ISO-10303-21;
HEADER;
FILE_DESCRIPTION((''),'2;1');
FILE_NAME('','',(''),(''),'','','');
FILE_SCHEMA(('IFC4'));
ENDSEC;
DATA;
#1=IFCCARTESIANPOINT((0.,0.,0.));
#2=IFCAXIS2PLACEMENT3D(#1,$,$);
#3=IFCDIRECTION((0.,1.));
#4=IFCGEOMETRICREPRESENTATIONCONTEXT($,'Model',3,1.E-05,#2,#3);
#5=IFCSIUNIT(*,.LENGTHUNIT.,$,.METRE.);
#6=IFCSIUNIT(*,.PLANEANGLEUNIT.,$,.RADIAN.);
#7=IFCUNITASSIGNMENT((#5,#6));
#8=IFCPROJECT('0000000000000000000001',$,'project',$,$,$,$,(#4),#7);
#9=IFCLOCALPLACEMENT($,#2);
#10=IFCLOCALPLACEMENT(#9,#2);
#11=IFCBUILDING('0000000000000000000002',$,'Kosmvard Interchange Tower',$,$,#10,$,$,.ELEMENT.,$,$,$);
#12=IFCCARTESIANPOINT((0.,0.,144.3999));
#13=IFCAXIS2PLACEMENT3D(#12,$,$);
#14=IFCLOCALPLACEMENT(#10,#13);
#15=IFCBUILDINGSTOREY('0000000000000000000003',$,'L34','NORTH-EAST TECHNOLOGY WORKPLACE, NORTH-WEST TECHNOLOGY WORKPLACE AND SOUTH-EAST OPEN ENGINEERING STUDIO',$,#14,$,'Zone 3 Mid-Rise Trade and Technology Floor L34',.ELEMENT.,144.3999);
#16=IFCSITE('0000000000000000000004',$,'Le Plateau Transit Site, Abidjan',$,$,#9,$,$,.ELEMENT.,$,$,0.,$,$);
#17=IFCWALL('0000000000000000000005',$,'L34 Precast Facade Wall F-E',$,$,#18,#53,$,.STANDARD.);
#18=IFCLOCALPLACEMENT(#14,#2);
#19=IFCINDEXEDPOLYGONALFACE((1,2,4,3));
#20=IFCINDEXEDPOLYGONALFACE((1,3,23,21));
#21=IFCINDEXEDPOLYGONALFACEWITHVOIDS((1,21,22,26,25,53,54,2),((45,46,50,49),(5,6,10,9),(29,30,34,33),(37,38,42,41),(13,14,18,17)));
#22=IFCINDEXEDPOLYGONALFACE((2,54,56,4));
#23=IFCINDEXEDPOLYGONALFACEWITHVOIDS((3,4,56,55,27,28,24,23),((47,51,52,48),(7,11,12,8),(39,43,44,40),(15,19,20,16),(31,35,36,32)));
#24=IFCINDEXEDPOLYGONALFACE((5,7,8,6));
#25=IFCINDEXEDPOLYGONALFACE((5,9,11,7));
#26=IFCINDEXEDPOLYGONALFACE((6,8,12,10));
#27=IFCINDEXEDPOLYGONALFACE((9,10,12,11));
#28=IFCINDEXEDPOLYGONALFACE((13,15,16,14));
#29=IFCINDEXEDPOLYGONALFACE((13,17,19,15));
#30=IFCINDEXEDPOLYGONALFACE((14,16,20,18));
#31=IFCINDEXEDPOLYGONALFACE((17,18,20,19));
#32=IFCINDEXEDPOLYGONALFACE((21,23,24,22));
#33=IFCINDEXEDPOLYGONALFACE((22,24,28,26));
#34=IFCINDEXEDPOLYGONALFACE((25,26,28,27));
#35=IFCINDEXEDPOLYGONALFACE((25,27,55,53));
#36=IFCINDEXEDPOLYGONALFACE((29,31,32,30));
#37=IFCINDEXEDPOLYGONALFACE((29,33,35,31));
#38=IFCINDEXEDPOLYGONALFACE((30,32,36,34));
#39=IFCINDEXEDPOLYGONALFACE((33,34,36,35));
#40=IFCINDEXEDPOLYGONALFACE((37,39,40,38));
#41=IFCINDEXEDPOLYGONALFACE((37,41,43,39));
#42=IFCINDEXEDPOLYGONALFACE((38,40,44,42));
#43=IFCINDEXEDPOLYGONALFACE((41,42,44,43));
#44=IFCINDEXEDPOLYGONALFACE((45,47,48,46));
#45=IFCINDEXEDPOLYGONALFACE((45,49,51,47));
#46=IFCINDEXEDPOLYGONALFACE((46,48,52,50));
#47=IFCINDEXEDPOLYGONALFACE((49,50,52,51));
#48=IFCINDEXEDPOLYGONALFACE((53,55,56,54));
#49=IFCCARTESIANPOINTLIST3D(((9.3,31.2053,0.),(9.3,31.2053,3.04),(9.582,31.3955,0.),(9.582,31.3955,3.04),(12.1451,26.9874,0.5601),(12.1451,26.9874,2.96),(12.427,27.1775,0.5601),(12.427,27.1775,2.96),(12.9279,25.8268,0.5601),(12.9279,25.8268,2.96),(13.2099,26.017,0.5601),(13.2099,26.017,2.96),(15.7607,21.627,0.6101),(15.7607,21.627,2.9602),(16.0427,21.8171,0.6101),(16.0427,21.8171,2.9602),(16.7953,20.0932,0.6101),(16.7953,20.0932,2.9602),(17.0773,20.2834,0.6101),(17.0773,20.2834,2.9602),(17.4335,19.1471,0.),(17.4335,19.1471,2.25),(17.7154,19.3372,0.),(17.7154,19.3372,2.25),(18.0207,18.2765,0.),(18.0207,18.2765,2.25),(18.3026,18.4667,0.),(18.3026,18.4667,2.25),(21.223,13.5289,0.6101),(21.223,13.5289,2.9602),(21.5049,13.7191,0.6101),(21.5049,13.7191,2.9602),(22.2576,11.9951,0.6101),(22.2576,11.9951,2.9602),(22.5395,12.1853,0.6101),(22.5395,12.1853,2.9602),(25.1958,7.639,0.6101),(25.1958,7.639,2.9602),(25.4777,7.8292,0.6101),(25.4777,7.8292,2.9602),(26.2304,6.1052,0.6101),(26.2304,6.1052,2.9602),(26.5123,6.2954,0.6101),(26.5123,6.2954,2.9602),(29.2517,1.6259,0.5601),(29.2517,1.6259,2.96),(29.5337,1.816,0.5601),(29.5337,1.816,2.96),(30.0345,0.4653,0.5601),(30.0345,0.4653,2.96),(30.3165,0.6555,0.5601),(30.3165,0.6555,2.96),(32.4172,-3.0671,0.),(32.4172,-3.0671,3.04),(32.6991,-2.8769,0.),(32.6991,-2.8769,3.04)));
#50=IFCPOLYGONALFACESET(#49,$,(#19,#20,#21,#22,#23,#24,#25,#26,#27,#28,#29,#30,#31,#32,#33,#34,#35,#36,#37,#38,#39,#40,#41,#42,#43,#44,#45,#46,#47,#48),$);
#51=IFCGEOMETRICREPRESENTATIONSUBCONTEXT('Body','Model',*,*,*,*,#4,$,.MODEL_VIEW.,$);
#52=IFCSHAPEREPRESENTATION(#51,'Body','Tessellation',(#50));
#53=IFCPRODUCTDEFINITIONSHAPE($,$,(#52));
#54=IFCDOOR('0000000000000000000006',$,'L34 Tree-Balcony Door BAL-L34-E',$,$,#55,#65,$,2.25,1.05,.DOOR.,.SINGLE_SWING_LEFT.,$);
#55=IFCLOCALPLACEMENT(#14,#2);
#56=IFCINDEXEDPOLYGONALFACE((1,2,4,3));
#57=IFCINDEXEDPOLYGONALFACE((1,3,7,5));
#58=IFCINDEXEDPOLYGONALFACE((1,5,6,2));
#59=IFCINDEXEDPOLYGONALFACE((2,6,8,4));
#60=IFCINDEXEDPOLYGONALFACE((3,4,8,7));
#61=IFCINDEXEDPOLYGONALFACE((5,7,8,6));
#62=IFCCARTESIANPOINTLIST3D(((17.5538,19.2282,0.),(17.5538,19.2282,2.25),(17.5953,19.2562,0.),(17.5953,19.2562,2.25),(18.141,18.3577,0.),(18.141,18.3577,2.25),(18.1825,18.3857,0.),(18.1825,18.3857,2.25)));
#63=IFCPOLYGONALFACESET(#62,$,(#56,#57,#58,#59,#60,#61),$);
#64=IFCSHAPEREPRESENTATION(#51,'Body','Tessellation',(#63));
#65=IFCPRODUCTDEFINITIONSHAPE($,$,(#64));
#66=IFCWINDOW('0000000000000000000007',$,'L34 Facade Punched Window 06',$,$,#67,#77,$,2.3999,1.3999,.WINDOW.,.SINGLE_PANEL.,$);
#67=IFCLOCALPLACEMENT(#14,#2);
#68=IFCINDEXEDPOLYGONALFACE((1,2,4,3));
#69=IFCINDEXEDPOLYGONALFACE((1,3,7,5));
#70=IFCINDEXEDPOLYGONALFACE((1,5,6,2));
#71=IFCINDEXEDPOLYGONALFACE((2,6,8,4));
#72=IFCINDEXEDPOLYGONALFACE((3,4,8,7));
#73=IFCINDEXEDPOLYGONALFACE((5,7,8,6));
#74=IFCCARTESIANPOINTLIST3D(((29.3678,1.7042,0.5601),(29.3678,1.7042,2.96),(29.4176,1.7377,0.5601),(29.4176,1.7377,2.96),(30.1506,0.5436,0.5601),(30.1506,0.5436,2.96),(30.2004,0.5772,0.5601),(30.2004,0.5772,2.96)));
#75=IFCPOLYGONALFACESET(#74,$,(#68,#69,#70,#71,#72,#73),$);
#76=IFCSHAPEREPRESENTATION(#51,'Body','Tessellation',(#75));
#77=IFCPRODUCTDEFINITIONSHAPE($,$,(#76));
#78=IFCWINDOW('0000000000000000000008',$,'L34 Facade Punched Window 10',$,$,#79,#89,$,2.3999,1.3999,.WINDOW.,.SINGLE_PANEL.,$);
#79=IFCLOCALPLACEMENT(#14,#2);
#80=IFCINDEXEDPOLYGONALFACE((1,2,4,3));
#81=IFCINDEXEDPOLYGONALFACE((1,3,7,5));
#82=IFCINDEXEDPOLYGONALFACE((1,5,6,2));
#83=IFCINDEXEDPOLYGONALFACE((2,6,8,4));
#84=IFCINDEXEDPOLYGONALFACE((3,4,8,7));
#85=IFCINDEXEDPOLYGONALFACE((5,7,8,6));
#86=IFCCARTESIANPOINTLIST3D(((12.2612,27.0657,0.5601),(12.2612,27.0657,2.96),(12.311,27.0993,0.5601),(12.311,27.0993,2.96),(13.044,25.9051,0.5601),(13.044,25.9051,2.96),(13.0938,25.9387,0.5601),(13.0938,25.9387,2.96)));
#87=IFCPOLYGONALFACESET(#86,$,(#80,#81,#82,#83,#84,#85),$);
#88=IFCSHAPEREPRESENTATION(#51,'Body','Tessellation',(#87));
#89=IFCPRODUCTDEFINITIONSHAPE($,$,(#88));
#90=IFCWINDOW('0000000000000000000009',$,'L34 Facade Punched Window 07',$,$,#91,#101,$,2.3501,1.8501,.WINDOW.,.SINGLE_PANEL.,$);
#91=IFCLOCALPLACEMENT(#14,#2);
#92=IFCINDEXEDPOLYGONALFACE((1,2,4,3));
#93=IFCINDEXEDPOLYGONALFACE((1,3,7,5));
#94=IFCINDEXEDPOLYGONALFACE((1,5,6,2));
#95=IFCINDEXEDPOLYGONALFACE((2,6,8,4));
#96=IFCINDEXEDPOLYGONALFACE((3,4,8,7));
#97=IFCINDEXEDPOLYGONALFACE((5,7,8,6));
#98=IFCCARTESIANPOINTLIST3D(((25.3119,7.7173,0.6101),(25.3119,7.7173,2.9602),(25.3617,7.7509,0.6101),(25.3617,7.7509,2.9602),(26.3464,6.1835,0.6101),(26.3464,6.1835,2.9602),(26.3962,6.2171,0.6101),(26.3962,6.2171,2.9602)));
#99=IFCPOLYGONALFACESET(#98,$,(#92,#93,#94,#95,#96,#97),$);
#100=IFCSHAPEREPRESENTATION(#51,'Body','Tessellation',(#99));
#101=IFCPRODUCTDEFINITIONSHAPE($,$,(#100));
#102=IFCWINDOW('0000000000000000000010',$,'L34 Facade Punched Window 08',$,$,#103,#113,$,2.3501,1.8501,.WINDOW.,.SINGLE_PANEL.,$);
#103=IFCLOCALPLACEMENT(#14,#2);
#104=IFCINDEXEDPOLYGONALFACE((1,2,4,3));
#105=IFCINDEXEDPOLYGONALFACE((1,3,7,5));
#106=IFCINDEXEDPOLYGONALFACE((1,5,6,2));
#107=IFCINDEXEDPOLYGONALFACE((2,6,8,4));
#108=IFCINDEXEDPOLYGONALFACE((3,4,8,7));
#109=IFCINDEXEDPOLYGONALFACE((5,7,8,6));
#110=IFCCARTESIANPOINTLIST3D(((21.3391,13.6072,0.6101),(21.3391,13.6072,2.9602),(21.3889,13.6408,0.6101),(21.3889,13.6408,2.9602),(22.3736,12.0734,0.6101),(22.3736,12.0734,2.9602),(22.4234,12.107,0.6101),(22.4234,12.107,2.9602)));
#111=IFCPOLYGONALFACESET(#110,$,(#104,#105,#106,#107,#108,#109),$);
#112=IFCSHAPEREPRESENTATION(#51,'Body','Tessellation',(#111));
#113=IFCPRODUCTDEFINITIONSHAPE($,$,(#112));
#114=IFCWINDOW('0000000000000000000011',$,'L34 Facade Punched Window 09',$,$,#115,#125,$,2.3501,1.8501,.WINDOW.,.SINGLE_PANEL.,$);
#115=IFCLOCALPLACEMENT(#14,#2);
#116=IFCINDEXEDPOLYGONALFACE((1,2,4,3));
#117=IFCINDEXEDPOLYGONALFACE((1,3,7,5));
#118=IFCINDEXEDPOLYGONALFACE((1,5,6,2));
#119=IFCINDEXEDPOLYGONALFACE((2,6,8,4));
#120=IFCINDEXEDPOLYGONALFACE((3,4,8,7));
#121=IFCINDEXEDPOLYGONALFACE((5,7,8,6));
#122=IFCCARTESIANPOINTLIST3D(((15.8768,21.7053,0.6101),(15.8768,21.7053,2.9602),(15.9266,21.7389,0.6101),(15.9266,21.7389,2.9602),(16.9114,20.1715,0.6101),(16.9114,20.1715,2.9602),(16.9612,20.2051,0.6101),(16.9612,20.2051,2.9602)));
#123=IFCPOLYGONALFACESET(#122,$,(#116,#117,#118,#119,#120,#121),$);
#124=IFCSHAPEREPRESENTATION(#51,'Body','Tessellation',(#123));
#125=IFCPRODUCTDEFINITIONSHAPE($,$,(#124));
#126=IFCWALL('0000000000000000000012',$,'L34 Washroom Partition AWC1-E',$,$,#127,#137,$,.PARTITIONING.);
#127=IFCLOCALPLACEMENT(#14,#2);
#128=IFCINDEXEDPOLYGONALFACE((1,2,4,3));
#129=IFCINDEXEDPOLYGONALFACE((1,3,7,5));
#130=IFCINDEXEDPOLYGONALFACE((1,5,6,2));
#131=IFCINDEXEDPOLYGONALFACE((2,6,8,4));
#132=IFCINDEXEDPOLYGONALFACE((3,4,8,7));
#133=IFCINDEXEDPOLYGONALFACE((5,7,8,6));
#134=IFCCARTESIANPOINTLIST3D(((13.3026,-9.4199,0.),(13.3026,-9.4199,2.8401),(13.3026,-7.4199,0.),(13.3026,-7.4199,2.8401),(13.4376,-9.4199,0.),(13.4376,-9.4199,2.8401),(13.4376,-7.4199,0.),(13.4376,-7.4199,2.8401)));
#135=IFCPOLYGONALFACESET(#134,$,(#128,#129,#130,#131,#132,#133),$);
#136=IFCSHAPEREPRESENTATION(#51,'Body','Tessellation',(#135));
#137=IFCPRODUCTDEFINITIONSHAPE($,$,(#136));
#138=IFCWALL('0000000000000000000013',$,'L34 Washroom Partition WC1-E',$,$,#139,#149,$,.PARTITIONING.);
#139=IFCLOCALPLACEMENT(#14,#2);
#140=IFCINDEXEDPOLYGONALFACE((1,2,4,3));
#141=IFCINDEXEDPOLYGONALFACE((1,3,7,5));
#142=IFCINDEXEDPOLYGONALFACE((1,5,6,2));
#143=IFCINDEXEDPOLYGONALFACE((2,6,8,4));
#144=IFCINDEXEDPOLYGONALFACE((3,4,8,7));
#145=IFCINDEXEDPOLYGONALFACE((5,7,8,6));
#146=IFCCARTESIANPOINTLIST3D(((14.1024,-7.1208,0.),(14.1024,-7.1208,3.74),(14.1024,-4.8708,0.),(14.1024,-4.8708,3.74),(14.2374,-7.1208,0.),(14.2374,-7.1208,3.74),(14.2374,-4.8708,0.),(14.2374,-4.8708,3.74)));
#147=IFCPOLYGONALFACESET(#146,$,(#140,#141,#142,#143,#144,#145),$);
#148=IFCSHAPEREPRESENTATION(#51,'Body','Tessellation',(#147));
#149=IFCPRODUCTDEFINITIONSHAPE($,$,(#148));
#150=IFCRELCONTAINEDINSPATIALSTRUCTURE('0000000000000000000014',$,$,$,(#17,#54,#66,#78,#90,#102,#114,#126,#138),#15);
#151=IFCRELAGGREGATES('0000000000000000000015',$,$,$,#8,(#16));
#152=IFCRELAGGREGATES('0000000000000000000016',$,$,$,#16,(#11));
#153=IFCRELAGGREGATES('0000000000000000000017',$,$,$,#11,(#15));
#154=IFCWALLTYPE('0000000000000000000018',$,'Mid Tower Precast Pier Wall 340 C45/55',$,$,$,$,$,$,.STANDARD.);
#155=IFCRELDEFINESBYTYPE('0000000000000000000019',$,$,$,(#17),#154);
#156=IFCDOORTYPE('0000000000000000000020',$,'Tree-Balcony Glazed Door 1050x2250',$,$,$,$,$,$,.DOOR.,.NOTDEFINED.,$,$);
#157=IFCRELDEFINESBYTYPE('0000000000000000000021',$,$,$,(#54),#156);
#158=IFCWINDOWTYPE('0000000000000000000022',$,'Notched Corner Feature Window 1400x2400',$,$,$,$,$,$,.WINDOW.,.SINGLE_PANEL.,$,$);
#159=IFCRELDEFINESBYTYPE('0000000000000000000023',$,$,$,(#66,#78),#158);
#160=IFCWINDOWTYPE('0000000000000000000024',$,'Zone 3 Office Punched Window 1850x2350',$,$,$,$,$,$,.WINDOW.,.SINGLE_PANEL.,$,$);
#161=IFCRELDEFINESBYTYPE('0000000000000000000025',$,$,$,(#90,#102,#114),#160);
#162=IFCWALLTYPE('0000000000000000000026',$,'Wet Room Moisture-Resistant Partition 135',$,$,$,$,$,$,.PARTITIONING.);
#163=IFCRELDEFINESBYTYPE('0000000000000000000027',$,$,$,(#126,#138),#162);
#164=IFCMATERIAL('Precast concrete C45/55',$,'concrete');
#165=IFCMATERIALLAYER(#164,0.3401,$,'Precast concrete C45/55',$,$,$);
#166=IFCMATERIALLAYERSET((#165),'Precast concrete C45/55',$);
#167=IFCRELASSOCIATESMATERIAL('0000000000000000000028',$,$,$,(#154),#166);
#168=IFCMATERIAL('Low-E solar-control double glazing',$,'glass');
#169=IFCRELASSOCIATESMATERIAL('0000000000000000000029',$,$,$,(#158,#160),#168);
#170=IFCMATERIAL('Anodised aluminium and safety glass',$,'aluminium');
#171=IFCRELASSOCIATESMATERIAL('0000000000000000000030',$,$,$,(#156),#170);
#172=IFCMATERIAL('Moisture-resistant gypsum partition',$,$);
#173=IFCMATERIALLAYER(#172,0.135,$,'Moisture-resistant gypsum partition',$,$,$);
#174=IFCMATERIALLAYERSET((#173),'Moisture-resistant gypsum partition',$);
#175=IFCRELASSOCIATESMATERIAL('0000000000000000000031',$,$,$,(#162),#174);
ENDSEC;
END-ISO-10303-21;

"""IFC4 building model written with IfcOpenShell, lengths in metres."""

from ifc_helpers import new_model, si_unit, direction, frame, frame_2d, origin, place, context, subcontext, project, spatial, rectangle, extrude, source, transform, mapped, material, layer, layer_set, type_object, element, fill, save


model = new_model("IFC4")

# Units and contexts
model_context = context("Model", 3, precision=1e-05, world=origin(), true_north=direction((0.0, 1.0)))
body_context = subcontext(model_context, "Body", "Model", "MODEL_VIEW")
ifc_project = project(units=[si_unit("LENGTHUNIT", "METRE"), si_unit("PLANEANGLEUNIT", "RADIAN")], contexts=[model_context])

# Site, building, storey
site_placement = place(None, origin())
site = spatial("IfcSite", under=ifc_project, at=site_placement, Name="Le Plateau Transit Site, Abidjan", CompositionType="ELEMENT", RefElevation=0.0)
building_placement = place(site_placement, origin())
building = spatial("IfcBuilding", under=site, at=building_placement, Name="Kosmvard Interchange Tower", CompositionType="ELEMENT")
storey_placement = place(building_placement, frame((0.0, 0.0, 144.3999)))
storey = spatial("IfcBuildingStorey", under=building, at=storey_placement, Name="L34", Description="NORTH-EAST TECHNOLOGY WORKPLACE, NORTH-WEST TECHNOLOGY WORKPLACE AND SOUTH-EAST OPEN ENGINEERING STUDIO", LongName="Zone 3 Mid-Rise Trade and Technology Floor L34", CompositionType="ELEMENT", Elevation=144.3999)

# Shared definitions
ifc_material_1 = material(Name="Precast concrete C45/55", Category="concrete")

# Shared definitions
ifc_layer_1 = layer(ifc_material_1, 0.3401, Name="Precast concrete C45/55")
ifc_layer_set_1 = layer_set([ifc_layer_1], Name="Precast concrete C45/55")
wall_type_1 = type_object("IfcWallType", Name="Mid Tower Precast Pier Wall 340 C45/55", PredefinedType="STANDARD", material=ifc_layer_set_1)

# Shared definitions
ifc_material_2 = material(Name="Low-E solar-control double glazing", Category="glass")
window_type_1 = type_object("IfcWindowType", Name="Notched Corner Feature Window 1400x2400", PartitioningType="SINGLE_PANEL", PredefinedType="WINDOW", material=ifc_material_2)
shared_shape_1 = source(origin(), body_context, "Body", "SweptSolid", [
    extrude(rectangle(XDim=1.3999, YDim=2.3999, at=frame_2d((0.7, 1.2))), frame((0.0, 0.03, 0.0), z_axis=(0.0, -1.0, 0.0), x_axis=(1.0, 0.0, 0.0)), (0.0, 0.0, 1.0), 0.0601),
])

# Wall, openings, door, windows
wall_1_placement = place(storey_placement, frame((32.5581, -2.9719, 0.0), z_axis=(0.0, 0.0, 1.0), x_axis=(-0.559195, 0.829036, 0.0)))
wall_1 = element("IfcWall", 1, at=wall_1_placement, inside=storey, type_object=wall_type_1, Name="L34 Precast Facade Wall F-E", PredefinedType="STANDARD", context=body_context, shape_type="SweptSolid", body=[
    extrude(rectangle(XDim=41.3401, YDim=0.3401, at=frame_2d((20.6699, 0.0))), origin(), (0.0, 0.0, 1.0), 3.04),
])
opening_1_placement = place(wall_1_placement, frame((25.7451, 0.0, 0.0)))
opening_1 = element("IfcOpeningElement", 2, at=opening_1_placement, cuts=wall_1, PredefinedType="OPENING", context=body_context, shape_type="SweptSolid", body=[
    extrude(rectangle(XDim=1.05, YDim=2.25, at=frame_2d((0.5249, 1.125))), frame((0.0, 0.1802, 0.0), z_axis=(0.0, -1.0, 0.0), x_axis=(1.0, 0.0, 0.0)), (0.0, 0.0, 1.0), 0.3601),
])
opening_2_placement = place(wall_1_placement, frame((4.2607, 0.0, 0.5601)))
opening_2 = element("IfcOpeningElement", 3, at=opening_2_placement, cuts=wall_1, PredefinedType="OPENING", context=body_context, shape_type="SweptSolid", body=[
    extrude(rectangle(XDim=1.3999, YDim=2.3999, at=frame_2d((0.7, 1.2))), frame((0.0, 0.1802, 0.0), z_axis=(0.0, -1.0, 0.0), x_axis=(1.0, 0.0, 0.0)), (0.0, 0.0, 1.0), 0.3601),
])
opening_3_placement = place(wall_1_placement, frame((11.0637, 0.0, 0.6101)))
opening_3 = element("IfcOpeningElement", 4, at=opening_3_placement, cuts=wall_1, PredefinedType="OPENING", context=body_context, shape_type="SweptSolid", body=[
    extrude(rectangle(XDim=1.8501, YDim=2.3501, at=frame_2d((0.925, 1.175))), frame((0.0, 0.1802, 0.0), z_axis=(0.0, -1.0, 0.0), x_axis=(1.0, 0.0, 0.0)), (0.0, 0.0, 1.0), 0.3601),
])
opening_4_placement = place(wall_1_placement, frame((18.1682, 0.0, 0.6101)))
opening_4 = element("IfcOpeningElement", 5, at=opening_4_placement, cuts=wall_1, PredefinedType="OPENING", context=body_context, shape_type="SweptSolid", body=[
    extrude(rectangle(XDim=1.8501, YDim=2.3501, at=frame_2d((0.925, 1.175))), frame((0.0, 0.1802, 0.0), z_axis=(0.0, -1.0, 0.0), x_axis=(1.0, 0.0, 0.0)), (0.0, 0.0, 1.0), 0.3601),
])
opening_5_placement = place(wall_1_placement, frame((27.9363, 0.0, 0.6101)))
opening_5 = element("IfcOpeningElement", 6, at=opening_5_placement, cuts=wall_1, PredefinedType="OPENING", context=body_context, shape_type="SweptSolid", body=[
    extrude(rectangle(XDim=1.8501, YDim=2.3501, at=frame_2d((0.925, 1.175))), frame((0.0, 0.1802, 0.0), z_axis=(0.0, -1.0, 0.0), x_axis=(1.0, 0.0, 0.0)), (0.0, 0.0, 1.0), 0.3601),
])
opening_6_placement = place(wall_1_placement, frame((34.8523, 0.0, 0.5601)))
opening_6 = element("IfcOpeningElement", 7, at=opening_6_placement, cuts=wall_1, PredefinedType="OPENING", context=body_context, shape_type="SweptSolid", body=[
    extrude(rectangle(XDim=1.3999, YDim=2.3999, at=frame_2d((0.7, 1.2))), frame((0.0, 0.1802, 0.0), z_axis=(0.0, -1.0, 0.0), x_axis=(1.0, 0.0, 0.0)), (0.0, 0.0, 1.0), 0.3601),
])
ifc_material_3 = material(Name="Anodised aluminium and safety glass", Category="aluminium")
door_type = type_object("IfcDoorType", Name="Tree-Balcony Glazed Door 1050x2250", OperationType="NOTDEFINED", PredefinedType="DOOR", material=ifc_material_3)
shared_shape_2 = source(origin(), body_context, "Body", "SweptSolid", [
    extrude(rectangle(XDim=1.05, YDim=2.25, at=frame_2d((0.5249, 1.125))), frame((0.0, 0.0249, 0.0), z_axis=(0.0, -1.0, 0.0), x_axis=(1.0, 0.0, 0.0)), (0.0, 0.0, 1.0), 0.05),
])
door_placement = place(opening_1_placement, origin())
door = element("IfcDoor", 8, at=door_placement, inside=storey, type_object=door_type, Name="L34 Tree-Balcony Door BAL-L34-E", OperationType="SINGLE_SWING_LEFT", OverallHeight=2.25, OverallWidth=1.05, PredefinedType="DOOR", context=body_context, shape_type="MappedRepresentation", body=[
    mapped(shared_shape_2, transform((0.0, 0.0, 0.0), scale=1.0)),
])
fill(opening_1, door)
window_1_placement = place(opening_2_placement, origin())
window_1 = element("IfcWindow", 9, at=window_1_placement, inside=storey, type_object=window_type_1, Name="L34 Facade Punched Window 06", OverallHeight=2.3999, OverallWidth=1.3999, PartitioningType="SINGLE_PANEL", PredefinedType="WINDOW", context=body_context, shape_type="MappedRepresentation", body=[
    mapped(shared_shape_1, transform((0.0, 0.0, 0.0), scale=1.0)),
])
fill(opening_2, window_1)
window_2_placement = place(opening_6_placement, origin())
window_2 = element("IfcWindow", 10, at=window_2_placement, inside=storey, type_object=window_type_1, Name="L34 Facade Punched Window 10", OverallHeight=2.3999, OverallWidth=1.3999, PartitioningType="SINGLE_PANEL", PredefinedType="WINDOW", context=body_context, shape_type="MappedRepresentation", body=[
    mapped(shared_shape_1, transform((0.0, 0.0, 0.0), scale=1.0)),
])
fill(opening_6, window_2)
window_type_2 = type_object("IfcWindowType", Name="Zone 3 Office Punched Window 1850x2350", PartitioningType="SINGLE_PANEL", PredefinedType="WINDOW", material=ifc_material_2)
shared_shape_3 = source(origin(), body_context, "Body", "SweptSolid", [
    extrude(rectangle(XDim=1.8501, YDim=2.3501, at=frame_2d((0.925, 1.175))), frame((0.0, 0.03, 0.0), z_axis=(0.0, -1.0, 0.0), x_axis=(1.0, 0.0, 0.0)), (0.0, 0.0, 1.0), 0.0601),
])
window_3_placement = place(opening_3_placement, origin())
window_3 = element("IfcWindow", 11, at=window_3_placement, inside=storey, type_object=window_type_2, Name="L34 Facade Punched Window 07", OverallHeight=2.3501, OverallWidth=1.8501, PartitioningType="SINGLE_PANEL", PredefinedType="WINDOW", context=body_context, shape_type="MappedRepresentation", body=[
    mapped(shared_shape_3, transform((0.0, 0.0, 0.0), scale=1.0)),
])
fill(opening_3, window_3)
window_4_placement = place(opening_4_placement, origin())
window_4 = element("IfcWindow", 12, at=window_4_placement, inside=storey, type_object=window_type_2, Name="L34 Facade Punched Window 08", OverallHeight=2.3501, OverallWidth=1.8501, PartitioningType="SINGLE_PANEL", PredefinedType="WINDOW", context=body_context, shape_type="MappedRepresentation", body=[
    mapped(shared_shape_3, transform((0.0, 0.0, 0.0), scale=1.0)),
])
fill(opening_4, window_4)
window_5_placement = place(opening_5_placement, origin())
window_5 = element("IfcWindow", 13, at=window_5_placement, inside=storey, type_object=window_type_2, Name="L34 Facade Punched Window 09", OverallHeight=2.3501, OverallWidth=1.8501, PartitioningType="SINGLE_PANEL", PredefinedType="WINDOW", context=body_context, shape_type="MappedRepresentation", body=[
    mapped(shared_shape_3, transform((0.0, 0.0, 0.0), scale=1.0)),
])
fill(opening_5, window_5)

# Walls
ifc_material_4 = material(Name="Moisture-resistant gypsum partition")
ifc_layer_2 = layer(ifc_material_4, 0.135, Name="Moisture-resistant gypsum partition")
ifc_layer_set_2 = layer_set([ifc_layer_2], Name="Moisture-resistant gypsum partition")
wall_type_2 = type_object("IfcWallType", Name="Wet Room Moisture-Resistant Partition 135", PredefinedType="PARTITIONING", material=ifc_layer_set_2)
wall_2_placement = place(storey_placement, frame((13.3701, -9.4199, 0.0), z_axis=(0.0, 0.0, 1.0), x_axis=(0.0, 1.0, 0.0)))
element("IfcWall", 14, at=wall_2_placement, inside=storey, type_object=wall_type_2, Name="L34 Washroom Partition AWC1-E", PredefinedType="PARTITIONING", context=body_context, shape_type="SweptSolid", body=[
    extrude(rectangle(XDim=2.0, YDim=0.135, at=frame_2d((1.0, 0.0))), origin(), (0.0, 0.0, 1.0), 2.8401),
])
wall_3_placement = place(storey_placement, frame((14.1699, -7.1208, 0.0), z_axis=(0.0, 0.0, 1.0), x_axis=(0.0, 1.0, 0.0)))
element("IfcWall", 15, at=wall_3_placement, inside=storey, type_object=wall_type_2, Name="L34 Washroom Partition WC1-E", PredefinedType="PARTITIONING", context=body_context, shape_type="SweptSolid", body=[
    extrude(rectangle(XDim=2.25, YDim=0.135, at=frame_2d((1.125, 0.0))), origin(), (0.0, 0.0, 1.0), 3.74),
])

save(model, "model.ifc")
